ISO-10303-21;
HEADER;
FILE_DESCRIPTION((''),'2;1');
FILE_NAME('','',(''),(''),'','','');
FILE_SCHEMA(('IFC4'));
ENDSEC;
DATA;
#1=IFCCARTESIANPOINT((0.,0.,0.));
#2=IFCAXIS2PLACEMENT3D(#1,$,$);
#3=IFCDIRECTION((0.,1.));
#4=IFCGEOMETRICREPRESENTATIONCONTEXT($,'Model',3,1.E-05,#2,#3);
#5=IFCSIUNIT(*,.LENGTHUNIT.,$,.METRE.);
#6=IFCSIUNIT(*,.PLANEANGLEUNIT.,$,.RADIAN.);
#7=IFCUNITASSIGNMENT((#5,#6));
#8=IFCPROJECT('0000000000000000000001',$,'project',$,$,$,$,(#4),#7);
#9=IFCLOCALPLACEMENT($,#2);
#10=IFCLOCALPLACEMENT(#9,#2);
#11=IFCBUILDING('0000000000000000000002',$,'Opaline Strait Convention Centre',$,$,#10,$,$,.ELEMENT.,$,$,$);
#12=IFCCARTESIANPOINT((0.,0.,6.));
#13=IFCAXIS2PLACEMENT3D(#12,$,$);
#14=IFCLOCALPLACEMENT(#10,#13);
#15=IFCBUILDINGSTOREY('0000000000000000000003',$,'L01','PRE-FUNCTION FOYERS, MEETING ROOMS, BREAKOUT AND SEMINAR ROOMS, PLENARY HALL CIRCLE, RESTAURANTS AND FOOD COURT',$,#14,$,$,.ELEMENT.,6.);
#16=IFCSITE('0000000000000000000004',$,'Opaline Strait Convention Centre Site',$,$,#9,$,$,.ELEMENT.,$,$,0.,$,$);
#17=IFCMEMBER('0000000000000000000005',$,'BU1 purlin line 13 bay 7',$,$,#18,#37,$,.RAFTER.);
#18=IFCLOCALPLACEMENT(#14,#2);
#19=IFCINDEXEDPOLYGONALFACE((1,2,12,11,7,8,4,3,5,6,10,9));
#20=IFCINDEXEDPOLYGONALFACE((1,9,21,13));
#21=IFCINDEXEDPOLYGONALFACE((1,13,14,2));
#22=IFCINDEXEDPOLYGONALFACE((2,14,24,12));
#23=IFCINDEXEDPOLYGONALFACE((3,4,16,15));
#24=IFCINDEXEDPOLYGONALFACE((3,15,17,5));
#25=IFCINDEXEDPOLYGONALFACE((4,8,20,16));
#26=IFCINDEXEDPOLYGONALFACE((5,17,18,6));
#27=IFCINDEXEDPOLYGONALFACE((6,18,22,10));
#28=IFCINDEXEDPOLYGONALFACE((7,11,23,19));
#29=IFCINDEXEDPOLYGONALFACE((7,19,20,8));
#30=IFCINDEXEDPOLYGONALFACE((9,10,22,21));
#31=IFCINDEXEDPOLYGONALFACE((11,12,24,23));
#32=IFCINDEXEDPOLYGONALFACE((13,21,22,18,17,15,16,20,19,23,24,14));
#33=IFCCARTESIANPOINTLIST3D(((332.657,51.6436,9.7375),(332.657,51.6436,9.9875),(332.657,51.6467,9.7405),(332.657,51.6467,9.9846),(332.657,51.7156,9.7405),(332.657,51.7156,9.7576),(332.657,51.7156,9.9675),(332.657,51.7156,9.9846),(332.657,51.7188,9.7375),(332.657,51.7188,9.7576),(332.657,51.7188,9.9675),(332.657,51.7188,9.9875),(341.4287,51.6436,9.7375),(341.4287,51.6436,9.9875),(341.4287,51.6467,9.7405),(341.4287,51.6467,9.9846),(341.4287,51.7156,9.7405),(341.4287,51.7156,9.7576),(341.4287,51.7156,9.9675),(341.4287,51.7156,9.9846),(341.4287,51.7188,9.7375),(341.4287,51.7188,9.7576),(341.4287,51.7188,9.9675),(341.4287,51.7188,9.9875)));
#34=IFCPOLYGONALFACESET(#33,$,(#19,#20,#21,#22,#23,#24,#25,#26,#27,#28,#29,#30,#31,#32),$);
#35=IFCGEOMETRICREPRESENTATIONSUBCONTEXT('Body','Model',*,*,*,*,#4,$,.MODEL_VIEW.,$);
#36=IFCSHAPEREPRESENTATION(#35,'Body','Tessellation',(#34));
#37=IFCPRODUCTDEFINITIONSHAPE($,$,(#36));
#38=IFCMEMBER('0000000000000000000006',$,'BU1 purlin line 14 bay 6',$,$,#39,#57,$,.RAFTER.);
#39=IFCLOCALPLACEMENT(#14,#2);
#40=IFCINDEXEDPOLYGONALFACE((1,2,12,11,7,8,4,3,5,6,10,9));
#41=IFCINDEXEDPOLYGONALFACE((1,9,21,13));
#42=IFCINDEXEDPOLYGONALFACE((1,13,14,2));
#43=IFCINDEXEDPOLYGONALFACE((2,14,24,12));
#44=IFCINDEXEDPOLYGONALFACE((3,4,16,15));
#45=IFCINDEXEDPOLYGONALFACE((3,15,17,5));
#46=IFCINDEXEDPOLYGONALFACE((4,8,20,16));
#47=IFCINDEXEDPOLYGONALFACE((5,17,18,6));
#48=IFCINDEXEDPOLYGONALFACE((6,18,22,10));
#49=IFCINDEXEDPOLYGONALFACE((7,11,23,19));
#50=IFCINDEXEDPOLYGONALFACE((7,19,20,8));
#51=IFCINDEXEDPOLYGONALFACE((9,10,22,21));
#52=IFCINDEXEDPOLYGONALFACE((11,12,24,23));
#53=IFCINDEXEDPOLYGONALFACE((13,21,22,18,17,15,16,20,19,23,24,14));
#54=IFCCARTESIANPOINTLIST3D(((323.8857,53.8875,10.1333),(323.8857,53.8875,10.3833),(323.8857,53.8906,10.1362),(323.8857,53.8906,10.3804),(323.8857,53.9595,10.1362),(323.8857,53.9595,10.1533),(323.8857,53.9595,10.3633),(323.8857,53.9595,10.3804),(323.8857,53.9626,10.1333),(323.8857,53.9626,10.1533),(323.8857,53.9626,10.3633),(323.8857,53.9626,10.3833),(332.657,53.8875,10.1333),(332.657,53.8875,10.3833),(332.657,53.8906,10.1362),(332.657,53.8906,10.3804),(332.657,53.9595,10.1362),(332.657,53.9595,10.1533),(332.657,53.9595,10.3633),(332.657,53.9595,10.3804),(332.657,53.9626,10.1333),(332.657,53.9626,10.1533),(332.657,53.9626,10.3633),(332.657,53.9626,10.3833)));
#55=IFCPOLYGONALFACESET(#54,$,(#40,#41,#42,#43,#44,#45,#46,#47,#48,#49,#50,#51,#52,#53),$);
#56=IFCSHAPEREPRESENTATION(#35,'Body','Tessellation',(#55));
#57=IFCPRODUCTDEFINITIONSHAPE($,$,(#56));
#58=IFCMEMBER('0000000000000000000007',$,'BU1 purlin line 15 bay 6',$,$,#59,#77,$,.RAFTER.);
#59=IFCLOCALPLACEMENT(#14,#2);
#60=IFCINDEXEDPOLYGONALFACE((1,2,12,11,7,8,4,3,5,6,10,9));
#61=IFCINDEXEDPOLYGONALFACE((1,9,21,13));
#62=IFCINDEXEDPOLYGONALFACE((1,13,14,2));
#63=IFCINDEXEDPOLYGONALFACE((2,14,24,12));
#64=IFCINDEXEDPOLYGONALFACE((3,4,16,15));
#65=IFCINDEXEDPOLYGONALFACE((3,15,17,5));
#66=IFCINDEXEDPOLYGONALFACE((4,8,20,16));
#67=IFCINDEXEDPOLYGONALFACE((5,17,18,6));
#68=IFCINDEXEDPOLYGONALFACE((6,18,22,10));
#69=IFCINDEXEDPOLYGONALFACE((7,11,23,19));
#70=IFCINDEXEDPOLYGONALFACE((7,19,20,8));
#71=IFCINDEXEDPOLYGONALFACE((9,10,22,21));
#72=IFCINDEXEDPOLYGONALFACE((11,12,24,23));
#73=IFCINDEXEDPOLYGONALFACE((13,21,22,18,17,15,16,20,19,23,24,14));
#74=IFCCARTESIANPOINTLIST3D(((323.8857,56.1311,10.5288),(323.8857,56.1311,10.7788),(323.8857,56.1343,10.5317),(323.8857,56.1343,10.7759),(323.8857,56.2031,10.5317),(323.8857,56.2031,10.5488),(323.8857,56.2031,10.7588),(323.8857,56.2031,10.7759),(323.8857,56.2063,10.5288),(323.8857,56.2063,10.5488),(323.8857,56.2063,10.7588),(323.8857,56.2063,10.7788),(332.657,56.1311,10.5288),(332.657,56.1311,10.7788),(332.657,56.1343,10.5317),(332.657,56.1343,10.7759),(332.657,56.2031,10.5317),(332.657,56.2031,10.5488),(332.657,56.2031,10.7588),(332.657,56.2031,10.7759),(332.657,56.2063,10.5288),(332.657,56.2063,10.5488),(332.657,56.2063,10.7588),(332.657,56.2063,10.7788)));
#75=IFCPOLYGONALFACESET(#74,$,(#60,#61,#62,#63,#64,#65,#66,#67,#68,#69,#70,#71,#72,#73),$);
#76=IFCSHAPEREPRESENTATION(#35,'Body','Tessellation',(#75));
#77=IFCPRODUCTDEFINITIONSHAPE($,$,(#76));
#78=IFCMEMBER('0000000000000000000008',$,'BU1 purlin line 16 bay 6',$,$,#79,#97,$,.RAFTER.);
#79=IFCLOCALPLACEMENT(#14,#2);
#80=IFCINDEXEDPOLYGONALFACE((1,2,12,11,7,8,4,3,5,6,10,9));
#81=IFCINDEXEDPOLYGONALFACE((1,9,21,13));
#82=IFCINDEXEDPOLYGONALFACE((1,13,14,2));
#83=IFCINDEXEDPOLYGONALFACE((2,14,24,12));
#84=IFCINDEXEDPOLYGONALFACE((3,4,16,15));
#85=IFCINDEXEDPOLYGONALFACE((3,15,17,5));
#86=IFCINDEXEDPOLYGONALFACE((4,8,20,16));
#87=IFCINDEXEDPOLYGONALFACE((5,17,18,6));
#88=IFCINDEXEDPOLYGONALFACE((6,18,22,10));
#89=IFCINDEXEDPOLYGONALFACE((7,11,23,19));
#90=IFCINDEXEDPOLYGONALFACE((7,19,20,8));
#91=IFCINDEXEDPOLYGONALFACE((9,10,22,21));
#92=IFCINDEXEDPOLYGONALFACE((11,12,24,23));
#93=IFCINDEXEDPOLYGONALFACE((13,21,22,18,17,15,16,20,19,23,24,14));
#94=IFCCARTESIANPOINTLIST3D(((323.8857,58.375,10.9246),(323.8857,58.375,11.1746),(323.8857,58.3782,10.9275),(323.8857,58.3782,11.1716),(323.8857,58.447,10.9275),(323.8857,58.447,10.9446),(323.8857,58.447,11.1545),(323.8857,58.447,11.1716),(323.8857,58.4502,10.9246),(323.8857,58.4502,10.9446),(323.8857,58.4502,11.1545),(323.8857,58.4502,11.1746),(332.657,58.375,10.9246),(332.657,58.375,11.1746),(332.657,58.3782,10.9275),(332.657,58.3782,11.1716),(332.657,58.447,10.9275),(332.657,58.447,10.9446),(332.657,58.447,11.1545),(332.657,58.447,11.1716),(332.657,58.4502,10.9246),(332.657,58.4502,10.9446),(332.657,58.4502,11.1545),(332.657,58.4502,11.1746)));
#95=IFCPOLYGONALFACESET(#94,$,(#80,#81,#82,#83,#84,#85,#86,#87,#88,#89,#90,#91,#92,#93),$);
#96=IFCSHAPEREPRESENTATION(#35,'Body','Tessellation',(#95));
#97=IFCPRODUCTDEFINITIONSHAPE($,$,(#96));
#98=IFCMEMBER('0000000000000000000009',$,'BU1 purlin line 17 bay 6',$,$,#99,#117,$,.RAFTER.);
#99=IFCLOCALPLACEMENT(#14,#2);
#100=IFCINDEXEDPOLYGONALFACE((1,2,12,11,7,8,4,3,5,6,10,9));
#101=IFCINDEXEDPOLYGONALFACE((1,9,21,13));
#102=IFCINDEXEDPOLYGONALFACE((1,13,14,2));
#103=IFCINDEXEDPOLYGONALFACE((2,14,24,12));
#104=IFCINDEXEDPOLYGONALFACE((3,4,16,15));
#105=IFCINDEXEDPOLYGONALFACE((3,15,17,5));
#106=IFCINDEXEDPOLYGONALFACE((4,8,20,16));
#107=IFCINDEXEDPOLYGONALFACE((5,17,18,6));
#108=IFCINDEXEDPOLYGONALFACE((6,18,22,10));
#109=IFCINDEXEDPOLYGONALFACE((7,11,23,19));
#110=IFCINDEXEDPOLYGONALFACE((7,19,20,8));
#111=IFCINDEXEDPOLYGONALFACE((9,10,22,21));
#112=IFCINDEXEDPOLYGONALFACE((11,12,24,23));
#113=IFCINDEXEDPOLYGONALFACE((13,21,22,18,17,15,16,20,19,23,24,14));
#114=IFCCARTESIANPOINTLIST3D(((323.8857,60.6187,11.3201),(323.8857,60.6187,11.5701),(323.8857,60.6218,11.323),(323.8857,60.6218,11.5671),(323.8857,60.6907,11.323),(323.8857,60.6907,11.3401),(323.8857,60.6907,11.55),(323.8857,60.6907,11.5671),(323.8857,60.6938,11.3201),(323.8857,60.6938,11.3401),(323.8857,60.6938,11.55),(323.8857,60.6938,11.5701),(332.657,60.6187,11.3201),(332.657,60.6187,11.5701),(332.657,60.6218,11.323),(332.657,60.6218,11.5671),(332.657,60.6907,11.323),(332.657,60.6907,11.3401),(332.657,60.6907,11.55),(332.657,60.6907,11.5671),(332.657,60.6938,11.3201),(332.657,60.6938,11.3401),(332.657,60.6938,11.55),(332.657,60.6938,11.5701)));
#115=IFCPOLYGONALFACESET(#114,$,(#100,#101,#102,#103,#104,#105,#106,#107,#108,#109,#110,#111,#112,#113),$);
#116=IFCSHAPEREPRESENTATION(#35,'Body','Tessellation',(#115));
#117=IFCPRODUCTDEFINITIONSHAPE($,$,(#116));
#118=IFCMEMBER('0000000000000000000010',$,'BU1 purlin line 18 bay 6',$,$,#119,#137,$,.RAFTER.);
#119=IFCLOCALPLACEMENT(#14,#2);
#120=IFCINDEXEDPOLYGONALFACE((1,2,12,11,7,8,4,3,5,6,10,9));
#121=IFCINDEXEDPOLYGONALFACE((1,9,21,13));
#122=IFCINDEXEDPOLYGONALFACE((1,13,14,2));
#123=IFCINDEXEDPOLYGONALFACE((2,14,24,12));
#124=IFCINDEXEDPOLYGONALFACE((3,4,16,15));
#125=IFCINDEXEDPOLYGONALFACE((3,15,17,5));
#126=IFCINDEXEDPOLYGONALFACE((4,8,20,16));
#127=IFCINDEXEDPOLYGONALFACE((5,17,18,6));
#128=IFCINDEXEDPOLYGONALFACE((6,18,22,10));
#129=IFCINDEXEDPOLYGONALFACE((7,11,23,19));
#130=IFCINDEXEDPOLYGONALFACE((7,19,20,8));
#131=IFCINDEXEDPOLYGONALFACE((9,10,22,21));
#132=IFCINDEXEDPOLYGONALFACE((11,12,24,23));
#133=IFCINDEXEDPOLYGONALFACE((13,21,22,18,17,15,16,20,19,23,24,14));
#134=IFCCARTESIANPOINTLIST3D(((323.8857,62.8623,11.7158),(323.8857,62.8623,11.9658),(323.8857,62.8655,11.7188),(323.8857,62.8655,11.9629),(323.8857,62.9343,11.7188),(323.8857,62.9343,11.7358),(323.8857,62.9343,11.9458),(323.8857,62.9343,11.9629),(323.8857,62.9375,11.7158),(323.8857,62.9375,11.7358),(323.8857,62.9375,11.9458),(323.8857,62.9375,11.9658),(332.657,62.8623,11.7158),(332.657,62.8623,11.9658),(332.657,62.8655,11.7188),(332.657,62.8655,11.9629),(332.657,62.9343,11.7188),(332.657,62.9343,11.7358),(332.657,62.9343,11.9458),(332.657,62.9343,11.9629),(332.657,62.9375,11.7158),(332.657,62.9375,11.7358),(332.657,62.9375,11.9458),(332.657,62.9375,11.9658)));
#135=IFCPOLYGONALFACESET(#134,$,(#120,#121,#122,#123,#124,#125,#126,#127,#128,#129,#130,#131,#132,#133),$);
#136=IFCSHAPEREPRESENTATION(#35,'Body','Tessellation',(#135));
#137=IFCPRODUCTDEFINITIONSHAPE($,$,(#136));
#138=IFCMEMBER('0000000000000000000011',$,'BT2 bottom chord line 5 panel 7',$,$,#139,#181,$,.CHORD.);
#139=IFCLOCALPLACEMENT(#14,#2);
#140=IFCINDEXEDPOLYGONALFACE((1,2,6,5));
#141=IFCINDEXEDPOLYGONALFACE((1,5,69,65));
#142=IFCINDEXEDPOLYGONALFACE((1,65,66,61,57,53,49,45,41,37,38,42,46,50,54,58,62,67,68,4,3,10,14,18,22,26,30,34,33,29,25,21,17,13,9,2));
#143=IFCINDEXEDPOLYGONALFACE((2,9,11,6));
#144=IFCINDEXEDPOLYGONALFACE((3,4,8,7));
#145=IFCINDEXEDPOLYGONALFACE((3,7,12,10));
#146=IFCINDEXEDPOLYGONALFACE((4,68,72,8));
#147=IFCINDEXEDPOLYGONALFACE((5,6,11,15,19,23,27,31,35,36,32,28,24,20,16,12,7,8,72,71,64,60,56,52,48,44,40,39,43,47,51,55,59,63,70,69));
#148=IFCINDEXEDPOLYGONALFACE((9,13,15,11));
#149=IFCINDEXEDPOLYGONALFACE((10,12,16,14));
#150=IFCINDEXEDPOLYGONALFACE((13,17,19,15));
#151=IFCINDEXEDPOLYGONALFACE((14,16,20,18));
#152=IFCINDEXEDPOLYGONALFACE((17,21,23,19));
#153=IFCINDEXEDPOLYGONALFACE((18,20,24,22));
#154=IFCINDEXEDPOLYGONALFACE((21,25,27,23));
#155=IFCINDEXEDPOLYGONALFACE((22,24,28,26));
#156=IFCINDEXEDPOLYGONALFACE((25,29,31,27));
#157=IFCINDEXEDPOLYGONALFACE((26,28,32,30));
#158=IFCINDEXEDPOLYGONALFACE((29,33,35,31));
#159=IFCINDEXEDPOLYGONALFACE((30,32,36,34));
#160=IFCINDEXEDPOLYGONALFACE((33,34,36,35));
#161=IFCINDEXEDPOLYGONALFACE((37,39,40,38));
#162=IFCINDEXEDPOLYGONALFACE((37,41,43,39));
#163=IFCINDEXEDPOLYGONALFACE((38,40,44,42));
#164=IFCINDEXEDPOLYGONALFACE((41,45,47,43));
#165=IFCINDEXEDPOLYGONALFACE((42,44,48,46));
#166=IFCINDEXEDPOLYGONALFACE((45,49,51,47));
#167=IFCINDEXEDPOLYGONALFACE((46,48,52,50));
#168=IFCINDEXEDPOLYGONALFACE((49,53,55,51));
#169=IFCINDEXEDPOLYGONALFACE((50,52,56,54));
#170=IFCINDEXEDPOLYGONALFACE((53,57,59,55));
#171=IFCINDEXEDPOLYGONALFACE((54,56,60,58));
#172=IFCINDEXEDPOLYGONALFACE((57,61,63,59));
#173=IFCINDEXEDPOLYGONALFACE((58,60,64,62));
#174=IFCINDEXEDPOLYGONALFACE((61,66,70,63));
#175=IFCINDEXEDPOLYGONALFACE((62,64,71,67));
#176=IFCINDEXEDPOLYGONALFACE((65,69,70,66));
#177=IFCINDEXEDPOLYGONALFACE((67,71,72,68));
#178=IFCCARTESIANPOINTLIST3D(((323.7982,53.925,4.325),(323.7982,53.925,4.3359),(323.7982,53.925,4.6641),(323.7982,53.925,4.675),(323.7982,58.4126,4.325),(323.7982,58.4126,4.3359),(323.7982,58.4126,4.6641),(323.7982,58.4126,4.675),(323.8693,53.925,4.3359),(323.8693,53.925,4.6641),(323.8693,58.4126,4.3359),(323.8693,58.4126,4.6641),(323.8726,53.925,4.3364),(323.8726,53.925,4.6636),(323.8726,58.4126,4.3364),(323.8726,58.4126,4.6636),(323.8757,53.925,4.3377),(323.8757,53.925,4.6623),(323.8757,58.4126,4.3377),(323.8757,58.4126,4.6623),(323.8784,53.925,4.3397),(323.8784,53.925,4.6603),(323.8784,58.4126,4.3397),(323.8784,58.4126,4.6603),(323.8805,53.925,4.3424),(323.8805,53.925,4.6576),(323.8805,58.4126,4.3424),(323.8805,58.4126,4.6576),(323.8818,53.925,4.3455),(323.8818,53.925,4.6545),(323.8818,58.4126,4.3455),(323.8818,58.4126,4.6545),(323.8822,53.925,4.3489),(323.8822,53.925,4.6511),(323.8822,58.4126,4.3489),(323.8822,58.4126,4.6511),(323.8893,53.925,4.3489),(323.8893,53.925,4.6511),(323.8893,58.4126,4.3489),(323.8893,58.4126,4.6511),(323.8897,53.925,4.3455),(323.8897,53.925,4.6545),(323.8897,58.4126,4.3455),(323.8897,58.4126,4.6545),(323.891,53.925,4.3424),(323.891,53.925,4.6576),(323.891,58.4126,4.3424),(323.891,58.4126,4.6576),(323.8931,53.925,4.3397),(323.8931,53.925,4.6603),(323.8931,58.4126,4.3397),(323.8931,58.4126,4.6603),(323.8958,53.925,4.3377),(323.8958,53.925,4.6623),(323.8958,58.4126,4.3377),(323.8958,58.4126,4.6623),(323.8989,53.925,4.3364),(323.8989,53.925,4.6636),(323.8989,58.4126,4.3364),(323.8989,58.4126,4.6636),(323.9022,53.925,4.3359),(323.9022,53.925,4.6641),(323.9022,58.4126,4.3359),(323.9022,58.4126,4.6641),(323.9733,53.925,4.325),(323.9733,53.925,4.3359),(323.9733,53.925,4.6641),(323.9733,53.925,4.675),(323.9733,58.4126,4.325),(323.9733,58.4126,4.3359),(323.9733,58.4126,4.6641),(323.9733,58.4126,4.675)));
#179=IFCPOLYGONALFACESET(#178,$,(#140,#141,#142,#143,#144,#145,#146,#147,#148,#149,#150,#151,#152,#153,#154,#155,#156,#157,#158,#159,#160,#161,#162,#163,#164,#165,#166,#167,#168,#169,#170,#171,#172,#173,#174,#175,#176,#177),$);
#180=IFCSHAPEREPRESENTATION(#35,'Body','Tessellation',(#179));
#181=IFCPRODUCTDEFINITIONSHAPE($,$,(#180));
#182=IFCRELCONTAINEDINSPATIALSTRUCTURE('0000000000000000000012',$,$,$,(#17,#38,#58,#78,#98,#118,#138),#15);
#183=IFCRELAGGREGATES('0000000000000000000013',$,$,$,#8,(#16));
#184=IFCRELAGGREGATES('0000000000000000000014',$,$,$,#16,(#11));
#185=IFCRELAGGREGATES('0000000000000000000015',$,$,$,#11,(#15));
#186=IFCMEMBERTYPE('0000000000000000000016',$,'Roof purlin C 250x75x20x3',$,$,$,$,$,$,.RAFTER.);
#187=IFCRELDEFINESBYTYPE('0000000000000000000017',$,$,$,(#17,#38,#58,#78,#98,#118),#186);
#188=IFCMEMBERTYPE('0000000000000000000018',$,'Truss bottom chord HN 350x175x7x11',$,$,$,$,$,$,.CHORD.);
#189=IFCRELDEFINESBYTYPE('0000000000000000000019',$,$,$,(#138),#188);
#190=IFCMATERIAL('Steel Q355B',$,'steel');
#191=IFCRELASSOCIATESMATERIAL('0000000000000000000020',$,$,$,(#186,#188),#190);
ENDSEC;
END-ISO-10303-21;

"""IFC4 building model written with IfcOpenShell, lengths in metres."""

from ifc_helpers import new_model, si_unit, direction, frame, origin, origin_2d, place, context, subcontext, project, spatial, polyline, i_section, outline, extrude, material, material_profile, profile_set, type_object, element, save


model = new_model("IFC4")

# Units and contexts
model_context = context("Model", 3, precision=1e-05, world=origin(), true_north=direction((0.0, 1.0)))
body_context = subcontext(model_context, "Body", "Model", "MODEL_VIEW")
ifc_project = project(units=[si_unit("LENGTHUNIT", "METRE"), si_unit("PLANEANGLEUNIT", "RADIAN")], contexts=[model_context])

# Site, building, storey
site_placement = place(None, origin())
site = spatial("IfcSite", under=ifc_project, at=site_placement, Name="Opaline Strait Convention Centre Site", CompositionType="ELEMENT", RefElevation=0.0)
building_placement = place(site_placement, origin())
building = spatial("IfcBuilding", under=site, at=building_placement, Name="Opaline Strait Convention Centre", CompositionType="ELEMENT")
storey_placement = place(building_placement, frame((0.0, 0.0, 6.0)))
storey = spatial("IfcBuildingStorey", under=building, at=storey_placement, Name="L01", Description="PRE-FUNCTION FOYERS, MEETING ROOMS, BREAKOUT AND SEMINAR ROOMS, PLENARY HALL CIRCLE, RESTAURANTS AND FOOD COURT", CompositionType="ELEMENT", Elevation=6.0)

# Members
ifc_material_1 = material(Name="Steel Q355B", Category="steel")
ifc_material_profile_1 = material_profile(ifc_material_1, outline(polyline([(-0.0376, -0.125), (0.0376, -0.125), (0.0376, -0.105), (0.0344, -0.105), (0.0344, -0.1221), (-0.0344, -0.1221), (-0.0344, 0.1221), (0.0344, 0.1221), (0.0344, 0.105), (0.0376, 0.105), (0.0376, 0.125), (-0.0376, 0.125), (-0.0376, -0.125)])), Name="C 250x75x20x3")
ifc_profile_set_1 = profile_set([ifc_material_profile_1], Name="Steel Q355B")
member_type_1 = type_object("IfcMemberType", Name="Roof purlin C 250x75x20x3", PredefinedType="RAFTER", material=ifc_profile_set_1)
member_1_placement = place(storey_placement, frame((332.657, 51.6812, 9.8625), z_axis=(1.0, 0.0, 0.0), x_axis=(0.0, 1.0, 0.0)))
element("IfcMember", 1, at=member_1_placement, inside=storey, type_object=member_type_1, Name="BU1 purlin line 13 bay 7", PredefinedType="RAFTER", context=body_context, shape_type="SweptSolid", body=[
    extrude(outline(polyline([(-0.0376, -0.125), (0.0376, -0.125), (0.0376, -0.105), (0.0344, -0.105), (0.0344, -0.1221), (-0.0344, -0.1221), (-0.0344, 0.1221), (0.0344, 0.1221), (0.0344, 0.105), (0.0376, 0.105), (0.0376, 0.125), (-0.0376, 0.125), (-0.0376, -0.125)])), origin(), (0.0, 0.0, 1.0), 8.7717),
])
for number, where, z_axis, x_axis, name in (
    (2, (323.8857, 53.925, 10.2583), (1.0, 0.0, 0.0), (0.0, 1.0, 0.0), "BU1 purlin line 14 bay 6"),
    (3, (323.8857, 56.1687, 10.6538), (1.0, 0.0, 0.0), (0.0, 1.0, 0.0), "BU1 purlin line 15 bay 6"),
    (4, (323.8857, 58.4126, 11.0496), (1.0, 0.0, 0.0), (0.0, 1.0, 0.0), "BU1 purlin line 16 bay 6"),
    (5, (323.8857, 60.6562, 11.4451), (1.0, 0.0, 0.0), (0.0, 1.0, 0.0), "BU1 purlin line 17 bay 6"),
    (6, (323.8857, 62.8999, 11.8408), (1.0, 0.0, 0.0), (0.0, 1.0, 0.0), "BU1 purlin line 18 bay 6"),
):
    element("IfcMember", number, at=place(storey_placement, frame(where, z_axis=z_axis, x_axis=x_axis)), inside=storey, type_object=member_type_1, Name=name, PredefinedType="RAFTER", context=body_context, shape_type="SweptSolid", body=[
        extrude(outline(polyline([(-0.0376, -0.125), (0.0376, -0.125), (0.0376, -0.105), (0.0344, -0.105), (0.0344, -0.1221), (-0.0344, -0.1221), (-0.0344, 0.1221), (0.0344, 0.1221), (0.0344, 0.105), (0.0376, 0.105), (0.0376, 0.125), (-0.0376, 0.125), (-0.0376, -0.125)])), origin(), (0.0, 0.0, 1.0), 8.7712),
    ])
ifc_material_profile_2 = material_profile(ifc_material_1, i_section(OverallWidth=0.175, OverallDepth=0.3501, WebThickness=0.0071, FlangeThickness=0.011, FilletRadius=0.0129, at=origin_2d()), Name="HN 350x175x7x11")
ifc_profile_set_2 = profile_set([ifc_material_profile_2], Name="Steel Q355B")
member_type_2 = type_object("IfcMemberType", Name="Truss bottom chord HN 350x175x7x11", PredefinedType="CHORD", material=ifc_profile_set_2)
member_2_placement = place(storey_placement, frame((323.8857, 53.925, 4.5), z_axis=(0.0, 1.0, 0.0), x_axis=(-1.0, 0.0, 0.0)))
element("IfcMember", 7, at=member_2_placement, inside=storey, type_object=member_type_2, Name="BT2 bottom chord line 5 panel 7", PredefinedType="CHORD", context=body_context, shape_type="SweptSolid", body=[
    extrude(i_section(OverallWidth=0.175, OverallDepth=0.3501, WebThickness=0.0071, FlangeThickness=0.011, FilletRadius=0.0129, at=origin_2d()), origin(), (0.0, 0.0, 1.0), 4.4875),
])

save(model, "model.ifc")
